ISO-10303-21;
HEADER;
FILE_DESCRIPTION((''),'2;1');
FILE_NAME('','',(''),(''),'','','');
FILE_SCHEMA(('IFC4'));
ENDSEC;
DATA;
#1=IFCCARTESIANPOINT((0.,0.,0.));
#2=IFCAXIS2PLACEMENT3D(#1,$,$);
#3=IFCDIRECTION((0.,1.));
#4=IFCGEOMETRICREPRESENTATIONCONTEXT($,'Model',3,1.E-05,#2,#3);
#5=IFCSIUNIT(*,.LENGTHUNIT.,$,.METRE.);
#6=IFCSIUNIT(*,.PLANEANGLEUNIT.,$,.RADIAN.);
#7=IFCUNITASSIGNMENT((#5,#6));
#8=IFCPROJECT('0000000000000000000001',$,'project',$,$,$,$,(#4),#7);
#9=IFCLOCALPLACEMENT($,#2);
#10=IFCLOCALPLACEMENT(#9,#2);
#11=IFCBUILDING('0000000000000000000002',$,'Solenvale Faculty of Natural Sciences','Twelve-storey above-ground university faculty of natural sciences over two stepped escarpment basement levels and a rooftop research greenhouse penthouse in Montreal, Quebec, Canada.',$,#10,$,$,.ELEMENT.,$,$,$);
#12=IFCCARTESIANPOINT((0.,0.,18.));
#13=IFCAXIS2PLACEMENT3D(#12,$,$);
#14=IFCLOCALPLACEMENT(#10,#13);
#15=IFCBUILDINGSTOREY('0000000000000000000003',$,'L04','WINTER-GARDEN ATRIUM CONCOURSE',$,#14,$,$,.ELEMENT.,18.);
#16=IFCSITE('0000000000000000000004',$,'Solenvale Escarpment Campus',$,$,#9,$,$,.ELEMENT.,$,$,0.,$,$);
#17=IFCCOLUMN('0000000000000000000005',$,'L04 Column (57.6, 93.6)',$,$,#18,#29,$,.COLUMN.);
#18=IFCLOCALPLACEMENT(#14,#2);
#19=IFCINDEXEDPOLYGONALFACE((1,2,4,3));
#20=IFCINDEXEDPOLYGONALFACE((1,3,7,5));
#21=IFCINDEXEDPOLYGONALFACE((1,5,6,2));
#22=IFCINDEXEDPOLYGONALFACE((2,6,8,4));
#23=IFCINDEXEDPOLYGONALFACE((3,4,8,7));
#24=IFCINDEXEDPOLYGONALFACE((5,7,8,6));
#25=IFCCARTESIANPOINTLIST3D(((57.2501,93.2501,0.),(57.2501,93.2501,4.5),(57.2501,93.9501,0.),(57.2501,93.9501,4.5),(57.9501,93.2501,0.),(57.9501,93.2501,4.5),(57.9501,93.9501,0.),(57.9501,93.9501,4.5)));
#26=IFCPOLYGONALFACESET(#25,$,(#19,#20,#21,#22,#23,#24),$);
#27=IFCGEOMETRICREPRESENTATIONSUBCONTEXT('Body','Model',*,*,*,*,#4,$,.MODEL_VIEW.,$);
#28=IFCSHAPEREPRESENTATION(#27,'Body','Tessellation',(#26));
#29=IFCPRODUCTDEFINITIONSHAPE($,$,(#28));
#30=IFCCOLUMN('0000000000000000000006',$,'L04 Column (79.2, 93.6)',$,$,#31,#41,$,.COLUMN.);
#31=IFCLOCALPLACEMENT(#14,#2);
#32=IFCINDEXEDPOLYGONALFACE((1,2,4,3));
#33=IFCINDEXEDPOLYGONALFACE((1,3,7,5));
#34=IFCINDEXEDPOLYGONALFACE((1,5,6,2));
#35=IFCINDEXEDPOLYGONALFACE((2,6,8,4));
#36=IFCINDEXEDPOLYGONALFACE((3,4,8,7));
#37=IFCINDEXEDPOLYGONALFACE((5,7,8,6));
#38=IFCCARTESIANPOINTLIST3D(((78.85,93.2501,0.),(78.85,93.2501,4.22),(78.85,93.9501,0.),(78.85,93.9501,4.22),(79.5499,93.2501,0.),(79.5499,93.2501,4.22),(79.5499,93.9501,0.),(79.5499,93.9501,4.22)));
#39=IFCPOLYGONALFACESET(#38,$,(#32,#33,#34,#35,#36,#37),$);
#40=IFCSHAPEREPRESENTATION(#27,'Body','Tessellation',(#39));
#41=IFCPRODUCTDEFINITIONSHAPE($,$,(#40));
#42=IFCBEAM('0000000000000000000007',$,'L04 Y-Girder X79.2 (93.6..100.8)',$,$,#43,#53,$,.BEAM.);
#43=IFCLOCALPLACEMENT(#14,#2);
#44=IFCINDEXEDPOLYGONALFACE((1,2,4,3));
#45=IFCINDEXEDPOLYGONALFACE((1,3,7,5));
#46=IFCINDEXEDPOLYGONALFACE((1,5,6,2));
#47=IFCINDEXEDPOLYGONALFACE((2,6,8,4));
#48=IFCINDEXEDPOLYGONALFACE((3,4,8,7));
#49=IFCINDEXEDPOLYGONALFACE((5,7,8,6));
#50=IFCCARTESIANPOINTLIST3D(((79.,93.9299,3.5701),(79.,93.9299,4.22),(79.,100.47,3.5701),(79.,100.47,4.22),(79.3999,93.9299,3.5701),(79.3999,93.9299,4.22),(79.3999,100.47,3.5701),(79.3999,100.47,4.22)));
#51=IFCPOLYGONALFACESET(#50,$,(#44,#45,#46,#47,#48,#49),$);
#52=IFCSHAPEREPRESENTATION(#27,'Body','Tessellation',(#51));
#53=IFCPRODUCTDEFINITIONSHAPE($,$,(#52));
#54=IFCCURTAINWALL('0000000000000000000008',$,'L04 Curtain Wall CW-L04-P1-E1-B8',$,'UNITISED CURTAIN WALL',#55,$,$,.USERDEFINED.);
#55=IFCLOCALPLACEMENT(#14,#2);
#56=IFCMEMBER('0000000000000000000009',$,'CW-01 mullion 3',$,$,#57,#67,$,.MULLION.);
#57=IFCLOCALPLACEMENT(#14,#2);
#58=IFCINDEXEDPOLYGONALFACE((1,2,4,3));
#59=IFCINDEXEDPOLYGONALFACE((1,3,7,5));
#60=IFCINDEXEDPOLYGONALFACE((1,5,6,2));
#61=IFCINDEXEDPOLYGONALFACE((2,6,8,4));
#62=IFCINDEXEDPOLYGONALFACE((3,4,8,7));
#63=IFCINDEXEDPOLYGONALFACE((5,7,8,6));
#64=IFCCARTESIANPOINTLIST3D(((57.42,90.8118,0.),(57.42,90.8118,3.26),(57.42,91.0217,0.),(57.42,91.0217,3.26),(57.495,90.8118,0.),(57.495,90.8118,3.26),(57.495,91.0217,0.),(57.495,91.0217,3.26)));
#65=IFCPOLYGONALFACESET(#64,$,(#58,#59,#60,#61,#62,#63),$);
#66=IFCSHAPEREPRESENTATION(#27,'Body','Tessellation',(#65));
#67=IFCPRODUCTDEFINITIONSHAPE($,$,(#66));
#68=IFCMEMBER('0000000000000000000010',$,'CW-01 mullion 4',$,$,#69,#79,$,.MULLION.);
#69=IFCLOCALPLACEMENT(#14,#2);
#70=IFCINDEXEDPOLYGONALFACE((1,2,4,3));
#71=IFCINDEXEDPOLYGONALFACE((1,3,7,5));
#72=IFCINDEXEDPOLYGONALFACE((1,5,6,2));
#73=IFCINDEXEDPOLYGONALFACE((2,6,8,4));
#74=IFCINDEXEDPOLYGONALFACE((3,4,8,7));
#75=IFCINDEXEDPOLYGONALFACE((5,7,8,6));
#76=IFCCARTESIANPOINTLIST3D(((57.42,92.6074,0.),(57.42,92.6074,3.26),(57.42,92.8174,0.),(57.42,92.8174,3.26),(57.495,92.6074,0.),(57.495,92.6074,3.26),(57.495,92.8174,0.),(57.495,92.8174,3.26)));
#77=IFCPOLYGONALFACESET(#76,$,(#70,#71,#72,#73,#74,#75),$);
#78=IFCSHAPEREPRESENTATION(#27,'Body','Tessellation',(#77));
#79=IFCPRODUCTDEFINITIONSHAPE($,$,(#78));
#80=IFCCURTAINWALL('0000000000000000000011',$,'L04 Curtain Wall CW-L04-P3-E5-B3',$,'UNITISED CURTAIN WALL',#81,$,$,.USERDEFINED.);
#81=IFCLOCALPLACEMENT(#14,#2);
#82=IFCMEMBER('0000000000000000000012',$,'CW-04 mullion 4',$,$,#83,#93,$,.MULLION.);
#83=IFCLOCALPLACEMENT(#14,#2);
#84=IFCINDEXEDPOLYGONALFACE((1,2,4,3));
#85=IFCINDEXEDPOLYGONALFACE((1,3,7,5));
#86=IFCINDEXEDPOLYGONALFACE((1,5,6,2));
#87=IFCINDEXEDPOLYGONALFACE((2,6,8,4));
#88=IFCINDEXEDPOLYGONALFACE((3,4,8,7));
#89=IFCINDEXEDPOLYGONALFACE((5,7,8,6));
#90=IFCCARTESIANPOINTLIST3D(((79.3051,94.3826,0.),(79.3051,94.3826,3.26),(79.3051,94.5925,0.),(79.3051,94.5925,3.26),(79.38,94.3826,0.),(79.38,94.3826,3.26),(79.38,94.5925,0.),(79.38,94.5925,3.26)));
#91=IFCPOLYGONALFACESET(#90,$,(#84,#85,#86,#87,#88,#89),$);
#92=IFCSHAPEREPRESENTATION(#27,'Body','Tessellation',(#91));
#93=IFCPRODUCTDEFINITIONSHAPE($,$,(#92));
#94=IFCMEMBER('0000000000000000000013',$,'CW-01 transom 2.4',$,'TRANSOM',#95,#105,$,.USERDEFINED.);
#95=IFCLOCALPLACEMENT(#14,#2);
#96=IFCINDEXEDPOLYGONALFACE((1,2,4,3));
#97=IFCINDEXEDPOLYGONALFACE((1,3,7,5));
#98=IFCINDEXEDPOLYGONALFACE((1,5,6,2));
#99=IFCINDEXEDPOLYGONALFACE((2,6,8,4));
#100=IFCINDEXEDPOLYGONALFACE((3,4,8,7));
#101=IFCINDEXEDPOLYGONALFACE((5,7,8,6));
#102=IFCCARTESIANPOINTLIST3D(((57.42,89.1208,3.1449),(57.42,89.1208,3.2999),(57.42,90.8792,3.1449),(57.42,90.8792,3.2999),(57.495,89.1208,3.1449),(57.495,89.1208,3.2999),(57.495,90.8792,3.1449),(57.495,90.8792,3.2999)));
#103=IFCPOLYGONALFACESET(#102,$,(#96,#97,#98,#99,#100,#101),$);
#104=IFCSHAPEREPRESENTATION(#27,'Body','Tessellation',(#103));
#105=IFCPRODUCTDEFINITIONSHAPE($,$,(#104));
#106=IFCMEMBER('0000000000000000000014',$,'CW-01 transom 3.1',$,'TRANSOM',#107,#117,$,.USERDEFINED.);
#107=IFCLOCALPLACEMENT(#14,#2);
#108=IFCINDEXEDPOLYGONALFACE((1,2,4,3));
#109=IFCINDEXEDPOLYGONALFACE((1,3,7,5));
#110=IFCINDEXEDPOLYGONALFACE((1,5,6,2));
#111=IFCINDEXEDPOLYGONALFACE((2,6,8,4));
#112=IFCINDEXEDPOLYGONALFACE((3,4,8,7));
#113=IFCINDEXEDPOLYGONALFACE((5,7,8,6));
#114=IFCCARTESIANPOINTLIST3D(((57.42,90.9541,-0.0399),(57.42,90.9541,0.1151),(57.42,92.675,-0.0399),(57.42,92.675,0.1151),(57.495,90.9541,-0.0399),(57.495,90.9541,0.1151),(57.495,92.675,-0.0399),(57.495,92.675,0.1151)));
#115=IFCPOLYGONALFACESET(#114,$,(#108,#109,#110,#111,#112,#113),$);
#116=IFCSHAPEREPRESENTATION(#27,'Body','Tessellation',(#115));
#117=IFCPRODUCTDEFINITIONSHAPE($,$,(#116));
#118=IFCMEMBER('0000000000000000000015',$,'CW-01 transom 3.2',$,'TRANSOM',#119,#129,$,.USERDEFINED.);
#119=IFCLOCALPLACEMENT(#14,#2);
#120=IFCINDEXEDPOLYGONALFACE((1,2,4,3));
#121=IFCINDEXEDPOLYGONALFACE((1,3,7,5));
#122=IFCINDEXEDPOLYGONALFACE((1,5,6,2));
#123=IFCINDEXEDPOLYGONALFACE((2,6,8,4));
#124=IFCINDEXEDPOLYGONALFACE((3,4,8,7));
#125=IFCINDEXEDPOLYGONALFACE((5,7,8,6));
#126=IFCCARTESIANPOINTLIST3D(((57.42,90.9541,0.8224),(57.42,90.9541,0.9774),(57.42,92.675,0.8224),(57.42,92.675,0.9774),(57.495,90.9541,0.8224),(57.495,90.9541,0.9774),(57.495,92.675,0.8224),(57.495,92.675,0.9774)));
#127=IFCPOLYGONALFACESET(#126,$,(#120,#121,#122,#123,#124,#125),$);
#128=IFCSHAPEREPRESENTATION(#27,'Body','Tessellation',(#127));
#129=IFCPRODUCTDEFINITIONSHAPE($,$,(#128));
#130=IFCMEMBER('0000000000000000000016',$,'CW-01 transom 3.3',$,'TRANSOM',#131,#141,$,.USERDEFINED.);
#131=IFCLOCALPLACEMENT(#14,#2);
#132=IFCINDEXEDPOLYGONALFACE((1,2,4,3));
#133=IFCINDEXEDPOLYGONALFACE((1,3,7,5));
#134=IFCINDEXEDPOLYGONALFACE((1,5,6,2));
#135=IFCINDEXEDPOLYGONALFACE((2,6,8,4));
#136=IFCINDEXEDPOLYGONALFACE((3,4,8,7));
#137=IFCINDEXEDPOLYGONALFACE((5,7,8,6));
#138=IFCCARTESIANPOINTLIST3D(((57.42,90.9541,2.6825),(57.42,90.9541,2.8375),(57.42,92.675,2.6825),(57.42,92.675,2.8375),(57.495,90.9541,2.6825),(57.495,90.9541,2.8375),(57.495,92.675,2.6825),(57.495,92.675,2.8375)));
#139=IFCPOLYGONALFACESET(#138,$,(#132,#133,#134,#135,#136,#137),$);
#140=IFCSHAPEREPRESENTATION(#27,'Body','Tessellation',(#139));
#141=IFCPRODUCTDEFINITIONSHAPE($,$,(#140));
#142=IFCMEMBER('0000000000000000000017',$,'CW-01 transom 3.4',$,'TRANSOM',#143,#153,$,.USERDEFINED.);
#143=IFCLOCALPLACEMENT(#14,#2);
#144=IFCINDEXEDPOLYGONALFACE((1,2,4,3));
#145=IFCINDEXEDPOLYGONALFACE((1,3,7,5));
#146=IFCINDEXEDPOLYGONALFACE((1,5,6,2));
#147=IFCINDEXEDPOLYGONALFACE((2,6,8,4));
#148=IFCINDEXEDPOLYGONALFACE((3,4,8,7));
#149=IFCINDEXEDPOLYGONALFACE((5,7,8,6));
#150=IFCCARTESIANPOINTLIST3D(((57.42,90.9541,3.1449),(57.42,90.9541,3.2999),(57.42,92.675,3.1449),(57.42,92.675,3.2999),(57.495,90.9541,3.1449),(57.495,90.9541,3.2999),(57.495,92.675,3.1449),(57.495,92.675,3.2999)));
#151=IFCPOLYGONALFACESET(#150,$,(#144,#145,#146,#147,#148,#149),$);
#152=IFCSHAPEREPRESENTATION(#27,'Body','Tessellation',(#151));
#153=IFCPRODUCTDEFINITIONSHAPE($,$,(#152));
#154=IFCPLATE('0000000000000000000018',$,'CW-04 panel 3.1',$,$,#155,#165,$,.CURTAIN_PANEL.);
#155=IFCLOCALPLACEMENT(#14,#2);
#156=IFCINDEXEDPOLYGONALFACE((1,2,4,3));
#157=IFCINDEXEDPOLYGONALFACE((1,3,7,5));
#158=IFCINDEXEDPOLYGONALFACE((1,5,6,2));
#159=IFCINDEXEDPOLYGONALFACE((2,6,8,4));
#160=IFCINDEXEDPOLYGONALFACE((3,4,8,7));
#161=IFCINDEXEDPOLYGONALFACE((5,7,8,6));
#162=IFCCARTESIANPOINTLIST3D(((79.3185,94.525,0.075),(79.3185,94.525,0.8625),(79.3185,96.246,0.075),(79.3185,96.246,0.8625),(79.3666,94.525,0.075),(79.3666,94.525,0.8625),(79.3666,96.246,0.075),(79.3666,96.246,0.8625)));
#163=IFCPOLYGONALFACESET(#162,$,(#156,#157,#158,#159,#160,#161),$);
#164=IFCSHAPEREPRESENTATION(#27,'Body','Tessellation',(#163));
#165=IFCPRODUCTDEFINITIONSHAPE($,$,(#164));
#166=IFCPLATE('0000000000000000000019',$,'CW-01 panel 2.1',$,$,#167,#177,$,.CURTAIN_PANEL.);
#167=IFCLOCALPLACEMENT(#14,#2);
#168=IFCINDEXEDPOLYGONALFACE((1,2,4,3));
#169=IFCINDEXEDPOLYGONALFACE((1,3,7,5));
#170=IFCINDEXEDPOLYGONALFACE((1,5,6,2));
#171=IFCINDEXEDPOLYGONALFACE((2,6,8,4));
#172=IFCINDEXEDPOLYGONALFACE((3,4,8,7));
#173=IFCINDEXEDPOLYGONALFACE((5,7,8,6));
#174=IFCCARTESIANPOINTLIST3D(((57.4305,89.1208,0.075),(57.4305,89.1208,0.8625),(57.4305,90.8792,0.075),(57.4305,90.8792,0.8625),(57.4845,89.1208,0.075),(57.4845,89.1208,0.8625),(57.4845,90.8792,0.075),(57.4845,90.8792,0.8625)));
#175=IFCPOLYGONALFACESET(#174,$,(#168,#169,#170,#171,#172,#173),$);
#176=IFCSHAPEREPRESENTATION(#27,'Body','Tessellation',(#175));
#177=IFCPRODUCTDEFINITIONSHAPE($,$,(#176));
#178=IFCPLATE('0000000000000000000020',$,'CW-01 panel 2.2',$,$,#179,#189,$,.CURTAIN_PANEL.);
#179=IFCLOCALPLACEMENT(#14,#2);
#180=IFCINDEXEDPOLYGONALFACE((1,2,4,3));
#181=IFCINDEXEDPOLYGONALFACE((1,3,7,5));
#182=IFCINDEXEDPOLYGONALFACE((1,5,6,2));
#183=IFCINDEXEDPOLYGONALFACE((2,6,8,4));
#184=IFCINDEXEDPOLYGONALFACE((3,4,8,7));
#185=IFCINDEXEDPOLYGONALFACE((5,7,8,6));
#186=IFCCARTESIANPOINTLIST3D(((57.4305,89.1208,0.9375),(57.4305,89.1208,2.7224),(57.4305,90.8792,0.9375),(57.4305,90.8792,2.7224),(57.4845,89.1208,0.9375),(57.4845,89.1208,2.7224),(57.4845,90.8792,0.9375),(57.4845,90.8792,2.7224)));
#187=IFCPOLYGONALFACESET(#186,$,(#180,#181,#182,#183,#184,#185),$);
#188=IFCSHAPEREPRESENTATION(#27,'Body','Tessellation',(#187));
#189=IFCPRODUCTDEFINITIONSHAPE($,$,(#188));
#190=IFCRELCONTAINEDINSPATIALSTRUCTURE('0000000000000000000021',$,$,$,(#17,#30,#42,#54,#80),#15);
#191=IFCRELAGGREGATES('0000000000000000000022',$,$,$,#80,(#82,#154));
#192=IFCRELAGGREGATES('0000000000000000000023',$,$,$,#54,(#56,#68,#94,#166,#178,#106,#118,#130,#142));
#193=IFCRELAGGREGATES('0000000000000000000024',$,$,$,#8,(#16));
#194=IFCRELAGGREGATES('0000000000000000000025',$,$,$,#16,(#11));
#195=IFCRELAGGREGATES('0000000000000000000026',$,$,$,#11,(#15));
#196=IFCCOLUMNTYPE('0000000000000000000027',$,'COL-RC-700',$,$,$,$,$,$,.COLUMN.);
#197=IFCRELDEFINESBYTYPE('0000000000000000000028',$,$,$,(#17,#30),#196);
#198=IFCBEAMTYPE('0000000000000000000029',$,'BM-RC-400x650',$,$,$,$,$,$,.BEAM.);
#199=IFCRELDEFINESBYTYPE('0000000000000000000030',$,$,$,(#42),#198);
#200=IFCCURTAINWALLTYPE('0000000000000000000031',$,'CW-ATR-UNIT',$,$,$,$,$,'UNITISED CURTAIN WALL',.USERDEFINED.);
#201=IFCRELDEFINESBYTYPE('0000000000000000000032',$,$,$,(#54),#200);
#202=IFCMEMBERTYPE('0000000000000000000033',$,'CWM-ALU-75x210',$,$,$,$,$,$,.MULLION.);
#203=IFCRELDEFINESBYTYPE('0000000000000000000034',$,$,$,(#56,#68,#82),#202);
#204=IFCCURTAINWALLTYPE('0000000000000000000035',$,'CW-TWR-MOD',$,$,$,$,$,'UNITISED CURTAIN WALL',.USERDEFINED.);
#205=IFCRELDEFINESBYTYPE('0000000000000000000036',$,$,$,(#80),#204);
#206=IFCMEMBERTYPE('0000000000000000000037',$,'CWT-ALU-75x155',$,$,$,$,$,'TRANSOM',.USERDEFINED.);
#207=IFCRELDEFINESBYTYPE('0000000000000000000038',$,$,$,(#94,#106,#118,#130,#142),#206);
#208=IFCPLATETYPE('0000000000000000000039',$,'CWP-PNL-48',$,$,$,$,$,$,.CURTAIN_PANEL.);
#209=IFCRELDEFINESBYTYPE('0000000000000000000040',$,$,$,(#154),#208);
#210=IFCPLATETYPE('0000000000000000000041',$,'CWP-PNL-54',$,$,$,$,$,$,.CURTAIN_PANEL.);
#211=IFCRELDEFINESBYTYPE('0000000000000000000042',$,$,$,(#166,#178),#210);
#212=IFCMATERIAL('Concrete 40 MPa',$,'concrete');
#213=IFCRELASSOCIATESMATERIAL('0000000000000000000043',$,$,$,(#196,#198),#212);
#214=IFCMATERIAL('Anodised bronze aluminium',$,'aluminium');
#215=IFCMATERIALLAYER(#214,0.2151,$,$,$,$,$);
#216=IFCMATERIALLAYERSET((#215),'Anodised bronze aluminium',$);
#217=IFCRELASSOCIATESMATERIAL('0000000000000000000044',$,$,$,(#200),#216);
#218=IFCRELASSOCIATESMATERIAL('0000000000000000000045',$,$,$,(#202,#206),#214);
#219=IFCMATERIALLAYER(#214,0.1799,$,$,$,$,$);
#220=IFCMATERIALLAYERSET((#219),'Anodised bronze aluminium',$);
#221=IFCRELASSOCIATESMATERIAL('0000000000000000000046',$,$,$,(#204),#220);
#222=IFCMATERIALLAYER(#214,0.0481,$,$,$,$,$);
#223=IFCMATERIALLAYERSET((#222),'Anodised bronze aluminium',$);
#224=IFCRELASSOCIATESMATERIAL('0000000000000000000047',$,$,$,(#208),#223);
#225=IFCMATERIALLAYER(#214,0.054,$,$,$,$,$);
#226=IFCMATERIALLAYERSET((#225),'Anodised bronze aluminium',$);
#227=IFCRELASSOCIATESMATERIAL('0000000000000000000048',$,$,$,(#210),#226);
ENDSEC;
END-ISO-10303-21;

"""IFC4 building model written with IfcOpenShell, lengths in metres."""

from ifc_helpers import new_model, si_unit, direction, frame, origin, origin_2d, place, context, subcontext, project, spatial, rectangle, extrude, material, layer, layer_set, material_profile, profile_set, type_object, element, aggregate, save


model = new_model("IFC4")

# Units and contexts
model_context = context("Model", 3, precision=1e-05, world=origin(), true_north=direction((0.0, 1.0)))
body_context = subcontext(model_context, "Body", "Model", "MODEL_VIEW")
ifc_project = project(units=[si_unit("LENGTHUNIT", "METRE"), si_unit("PLANEANGLEUNIT", "RADIAN")], contexts=[model_context])

# Site, building, storey
site_placement = place(None, origin())
site = spatial("IfcSite", under=ifc_project, at=site_placement, Name="Solenvale Escarpment Campus", CompositionType="ELEMENT", RefElevation=0.0)
building_placement = place(site_placement, origin())
building = spatial("IfcBuilding", under=site, at=building_placement, Name="Solenvale Faculty of Natural Sciences", Description="Twelve-storey above-ground university faculty of natural sciences over two stepped escarpment basement levels and a rooftop research greenhouse penthouse in Montreal, Quebec, Canada.", CompositionType="ELEMENT")
storey_placement = place(building_placement, frame((0.0, 0.0, 18.0)))
storey = spatial("IfcBuildingStorey", under=building, at=storey_placement, Name="L04", Description="WINTER-GARDEN ATRIUM CONCOURSE", CompositionType="ELEMENT", Elevation=18.0)

# Columns
ifc_material_1 = material(Name="Concrete 40 MPa", Category="concrete")
ifc_material_profile_1 = material_profile(ifc_material_1, rectangle(XDim=0.7, YDim=0.7, at=origin_2d()), Name="RC-COL-700x700")
ifc_profile_set_1 = profile_set([ifc_material_profile_1], Name="Concrete 40 MPa")
column_type = type_object("IfcColumnType", Name="COL-RC-700", PredefinedType="COLUMN", material=ifc_profile_set_1)
column_1_placement = place(storey_placement, frame((57.6001, 93.6001, 0.0), z_axis=(0.0, 0.0, 1.0), x_axis=(1.0, 0.0, 0.0)))
element("IfcColumn", 1, at=column_1_placement, inside=storey, type_object=column_type, Name="L04 Column (57.6, 93.6)", PredefinedType="COLUMN", context=body_context, shape_type="SweptSolid", body=[
    extrude(rectangle(XDim=0.7, YDim=0.7, at=origin_2d()), origin(), (0.0, 0.0, 1.0), 4.5),
])
column_2_placement = place(storey_placement, frame((79.2, 93.6001, 0.0), z_axis=(0.0, 0.0, 1.0), x_axis=(1.0, 0.0, 0.0)))
element("IfcColumn", 2, at=column_2_placement, inside=storey, type_object=column_type, Name="L04 Column (79.2, 93.6)", PredefinedType="COLUMN", context=body_context, shape_type="SweptSolid", body=[
    extrude(rectangle(XDim=0.7, YDim=0.7, at=origin_2d()), origin(), (0.0, 0.0, 1.0), 4.22),
])

# Beam
ifc_material_profile_2 = material_profile(ifc_material_1, rectangle(XDim=0.3999, YDim=0.6499, at=origin_2d()), Name="RC-BM-400x650")
ifc_profile_set_2 = profile_set([ifc_material_profile_2], Name="Concrete 40 MPa")
beam_type = type_object("IfcBeamType", Name="BM-RC-400x650", PredefinedType="BEAM", material=ifc_profile_set_2)
beam_placement = place(storey_placement, frame((79.2, 93.9299, 3.895), z_axis=(0.0, 1.0, 0.0), x_axis=(-1.0, 0.0, 0.0)))
element("IfcBeam", 3, at=beam_placement, inside=storey, type_object=beam_type, Name="L04 Y-Girder X79.2 (93.6..100.8)", PredefinedType="BEAM", context=body_context, shape_type="SweptSolid", body=[
    extrude(rectangle(XDim=0.3999, YDim=0.6499, at=origin_2d()), origin(), (0.0, 0.0, 1.0), 6.54),
])

# Curtain wall, members
ifc_material_2 = material(Name="Anodised bronze aluminium", Category="aluminium")
ifc_layer_1 = layer(ifc_material_2, 0.2151)
ifc_layer_set_1 = layer_set([ifc_layer_1], Name="Anodised bronze aluminium")
curtain_wall_type_1 = type_object("IfcCurtainWallType", Name="CW-ATR-UNIT", ElementType="UNITISED CURTAIN WALL", PredefinedType="USERDEFINED", material=ifc_layer_set_1)
curtain_wall_1_placement = place(storey_placement, origin())
curtain_wall_1 = element("IfcCurtainWall", 4, at=curtain_wall_1_placement, inside=storey, type_object=curtain_wall_type_1, Name="L04 Curtain Wall CW-L04-P1-E1-B8", ObjectType="UNITISED CURTAIN WALL", PredefinedType="USERDEFINED")
ifc_material_profile_3 = material_profile(ifc_material_2, rectangle(XDim=0.075, YDim=0.21, at=origin_2d()), Name="ALU-MUL-75x210")
ifc_profile_set_3 = profile_set([ifc_material_profile_3], Name="Anodised bronze aluminium")
member_type_1 = type_object("IfcMemberType", Name="CWM-ALU-75x210", PredefinedType="MULLION", material=ifc_profile_set_3)
member_1_placement = place(storey_placement, frame((57.4575, 90.9167, 0.0), z_axis=(0.0, 0.0, 1.0), x_axis=(-1.0, 0.0, 0.0)))
member_1 = element("IfcMember", 5, at=member_1_placement, type_object=member_type_1, Name="CW-01 mullion 3", PredefinedType="MULLION", context=body_context, shape_type="SweptSolid", body=[
    extrude(rectangle(XDim=0.075, YDim=0.21, at=origin_2d()), origin(), (0.0, 0.0, 1.0), 3.26),
])
member_2_placement = place(storey_placement, frame((57.4575, 92.7124, 0.0), z_axis=(0.0, 0.0, 1.0), x_axis=(-1.0, 0.0, 0.0)))
member_2 = element("IfcMember", 6, at=member_2_placement, type_object=member_type_1, Name="CW-01 mullion 4", PredefinedType="MULLION", context=body_context, shape_type="SweptSolid", body=[
    extrude(rectangle(XDim=0.075, YDim=0.21, at=origin_2d()), origin(), (0.0, 0.0, 1.0), 3.26),
])

# Curtain wall, member
ifc_layer_2 = layer(ifc_material_2, 0.1799)
ifc_layer_set_2 = layer_set([ifc_layer_2], Name="Anodised bronze aluminium")
curtain_wall_type_2 = type_object("IfcCurtainWallType", Name="CW-TWR-MOD", ElementType="UNITISED CURTAIN WALL", PredefinedType="USERDEFINED", material=ifc_layer_set_2)
curtain_wall_2_placement = place(storey_placement, origin())
curtain_wall_2 = element("IfcCurtainWall", 7, at=curtain_wall_2_placement, inside=storey, type_object=curtain_wall_type_2, Name="L04 Curtain Wall CW-L04-P3-E5-B3", ObjectType="UNITISED CURTAIN WALL", PredefinedType="USERDEFINED")
member_3_placement = place(storey_placement, frame((79.3425, 94.4875, 0.0), z_axis=(0.0, 0.0, 1.0), x_axis=(1.0, 0.0, 0.0)))
member_3 = element("IfcMember", 8, at=member_3_placement, type_object=member_type_1, Name="CW-04 mullion 4", PredefinedType="MULLION", context=body_context, shape_type="SweptSolid", body=[
    extrude(rectangle(XDim=0.075, YDim=0.21, at=origin_2d()), origin(), (0.0, 0.0, 1.0), 3.26),
])

# Members
ifc_material_profile_4 = material_profile(ifc_material_2, rectangle(XDim=0.075, YDim=0.155, at=origin_2d()), Name="ALU-TRN-75x155")
ifc_profile_set_4 = profile_set([ifc_material_profile_4], Name="Anodised bronze aluminium")
member_type_2 = type_object("IfcMemberType", Name="CWT-ALU-75x155", ElementType="TRANSOM", PredefinedType="USERDEFINED", material=ifc_profile_set_4)
member_4_placement = place(storey_placement, frame((57.4575, 89.1208, 3.2224), z_axis=(0.0, 1.0, 0.0), x_axis=(-1.0, 0.0, 0.0)))
member_4 = element("IfcMember", 9, at=member_4_placement, type_object=member_type_2, Name="CW-01 transom 2.4", ObjectType="TRANSOM", PredefinedType="USERDEFINED", context=body_context, shape_type="SweptSolid", body=[
    extrude(rectangle(XDim=0.075, YDim=0.155, at=origin_2d()), origin(), (0.0, 0.0, 1.0), 1.7583),
])
member_5_placement = place(storey_placement, frame((57.4575, 90.9541, 0.0376), z_axis=(0.0, 1.0, 0.0), x_axis=(-1.0, 0.0, 0.0)))
member_5 = element("IfcMember", 10, at=member_5_placement, type_object=member_type_2, Name="CW-01 transom 3.1", ObjectType="TRANSOM", PredefinedType="USERDEFINED", context=body_context, shape_type="SweptSolid", body=[
    extrude(rectangle(XDim=0.075, YDim=0.155, at=origin_2d()), origin(), (0.0, 0.0, 1.0), 1.7209),
])
member_6_placement = place(storey_placement, frame((57.4575, 90.9541, 0.8999), z_axis=(0.0, 1.0, 0.0), x_axis=(-1.0, 0.0, 0.0)))
member_6 = element("IfcMember", 11, at=member_6_placement, type_object=member_type_2, Name="CW-01 transom 3.2", ObjectType="TRANSOM", PredefinedType="USERDEFINED", context=body_context, shape_type="SweptSolid", body=[
    extrude(rectangle(XDim=0.075, YDim=0.155, at=origin_2d()), origin(), (0.0, 0.0, 1.0), 1.7209),
])
member_7_placement = place(storey_placement, frame((57.4575, 90.9541, 2.76), z_axis=(0.0, 1.0, 0.0), x_axis=(-1.0, 0.0, 0.0)))
member_7 = element("IfcMember", 12, at=member_7_placement, type_object=member_type_2, Name="CW-01 transom 3.3", ObjectType="TRANSOM", PredefinedType="USERDEFINED", context=body_context, shape_type="SweptSolid", body=[
    extrude(rectangle(XDim=0.075, YDim=0.155, at=origin_2d()), origin(), (0.0, 0.0, 1.0), 1.7209),
])
member_8_placement = place(storey_placement, frame((57.4575, 90.9541, 3.2224), z_axis=(0.0, 1.0, 0.0), x_axis=(-1.0, 0.0, 0.0)))
member_8 = element("IfcMember", 13, at=member_8_placement, type_object=member_type_2, Name="CW-01 transom 3.4", ObjectType="TRANSOM", PredefinedType="USERDEFINED", context=body_context, shape_type="SweptSolid", body=[
    extrude(rectangle(XDim=0.075, YDim=0.155, at=origin_2d()), origin(), (0.0, 0.0, 1.0), 1.7209),
])

# Plates
ifc_layer_3 = layer(ifc_material_2, 0.0481)
ifc_layer_set_3 = layer_set([ifc_layer_3], Name="Anodised bronze aluminium")
plate_type_1 = type_object("IfcPlateType", Name="CWP-PNL-48", PredefinedType="CURTAIN_PANEL", material=ifc_layer_set_3)
plate_1_placement = place(storey_placement, frame((79.3425, 95.3855, 0.075), z_axis=(0.0, 0.0, 1.0), x_axis=(0.0, -1.0, 0.0)))
plate_1 = element("IfcPlate", 14, at=plate_1_placement, type_object=plate_type_1, Name="CW-04 panel 3.1", PredefinedType="CURTAIN_PANEL", context=body_context, shape_type="SweptSolid", body=[
    extrude(rectangle(XDim=1.7209, YDim=0.0481, at=origin_2d()), origin(), (0.0, 0.0, 1.0), 0.7876),
])
aggregate(curtain_wall_2, [member_3, plate_1])
ifc_layer_4 = layer(ifc_material_2, 0.054)
ifc_layer_set_4 = layer_set([ifc_layer_4], Name="Anodised bronze aluminium")
plate_type_2 = type_object("IfcPlateType", Name="CWP-PNL-54", PredefinedType="CURTAIN_PANEL", material=ifc_layer_set_4)
plate_2_placement = place(storey_placement, frame((57.4575, 90.0, 0.075), z_axis=(0.0, 0.0, 1.0), x_axis=(0.0, 1.0, 0.0)))
plate_2 = element("IfcPlate", 15, at=plate_2_placement, type_object=plate_type_2, Name="CW-01 panel 2.1", PredefinedType="CURTAIN_PANEL", context=body_context, shape_type="SweptSolid", body=[
    extrude(rectangle(XDim=1.7583, YDim=0.054, at=origin_2d()), origin(), (0.0, 0.0, 1.0), 0.7876),
])
plate_3_placement = place(storey_placement, frame((57.4575, 90.0, 0.9375), z_axis=(0.0, 0.0, 1.0), x_axis=(0.0, 1.0, 0.0)))
plate_3 = element("IfcPlate", 16, at=plate_3_placement, type_object=plate_type_2, Name="CW-01 panel 2.2", PredefinedType="CURTAIN_PANEL", context=body_context, shape_type="SweptSolid", body=[
    extrude(rectangle(XDim=1.7583, YDim=0.054, at=origin_2d()), origin(), (0.0, 0.0, 1.0), 1.7849),
])
aggregate(curtain_wall_1, [member_1, member_2, member_4, plate_2, plate_3, member_5, member_6, member_7, member_8])

save(model, "model.ifc")
